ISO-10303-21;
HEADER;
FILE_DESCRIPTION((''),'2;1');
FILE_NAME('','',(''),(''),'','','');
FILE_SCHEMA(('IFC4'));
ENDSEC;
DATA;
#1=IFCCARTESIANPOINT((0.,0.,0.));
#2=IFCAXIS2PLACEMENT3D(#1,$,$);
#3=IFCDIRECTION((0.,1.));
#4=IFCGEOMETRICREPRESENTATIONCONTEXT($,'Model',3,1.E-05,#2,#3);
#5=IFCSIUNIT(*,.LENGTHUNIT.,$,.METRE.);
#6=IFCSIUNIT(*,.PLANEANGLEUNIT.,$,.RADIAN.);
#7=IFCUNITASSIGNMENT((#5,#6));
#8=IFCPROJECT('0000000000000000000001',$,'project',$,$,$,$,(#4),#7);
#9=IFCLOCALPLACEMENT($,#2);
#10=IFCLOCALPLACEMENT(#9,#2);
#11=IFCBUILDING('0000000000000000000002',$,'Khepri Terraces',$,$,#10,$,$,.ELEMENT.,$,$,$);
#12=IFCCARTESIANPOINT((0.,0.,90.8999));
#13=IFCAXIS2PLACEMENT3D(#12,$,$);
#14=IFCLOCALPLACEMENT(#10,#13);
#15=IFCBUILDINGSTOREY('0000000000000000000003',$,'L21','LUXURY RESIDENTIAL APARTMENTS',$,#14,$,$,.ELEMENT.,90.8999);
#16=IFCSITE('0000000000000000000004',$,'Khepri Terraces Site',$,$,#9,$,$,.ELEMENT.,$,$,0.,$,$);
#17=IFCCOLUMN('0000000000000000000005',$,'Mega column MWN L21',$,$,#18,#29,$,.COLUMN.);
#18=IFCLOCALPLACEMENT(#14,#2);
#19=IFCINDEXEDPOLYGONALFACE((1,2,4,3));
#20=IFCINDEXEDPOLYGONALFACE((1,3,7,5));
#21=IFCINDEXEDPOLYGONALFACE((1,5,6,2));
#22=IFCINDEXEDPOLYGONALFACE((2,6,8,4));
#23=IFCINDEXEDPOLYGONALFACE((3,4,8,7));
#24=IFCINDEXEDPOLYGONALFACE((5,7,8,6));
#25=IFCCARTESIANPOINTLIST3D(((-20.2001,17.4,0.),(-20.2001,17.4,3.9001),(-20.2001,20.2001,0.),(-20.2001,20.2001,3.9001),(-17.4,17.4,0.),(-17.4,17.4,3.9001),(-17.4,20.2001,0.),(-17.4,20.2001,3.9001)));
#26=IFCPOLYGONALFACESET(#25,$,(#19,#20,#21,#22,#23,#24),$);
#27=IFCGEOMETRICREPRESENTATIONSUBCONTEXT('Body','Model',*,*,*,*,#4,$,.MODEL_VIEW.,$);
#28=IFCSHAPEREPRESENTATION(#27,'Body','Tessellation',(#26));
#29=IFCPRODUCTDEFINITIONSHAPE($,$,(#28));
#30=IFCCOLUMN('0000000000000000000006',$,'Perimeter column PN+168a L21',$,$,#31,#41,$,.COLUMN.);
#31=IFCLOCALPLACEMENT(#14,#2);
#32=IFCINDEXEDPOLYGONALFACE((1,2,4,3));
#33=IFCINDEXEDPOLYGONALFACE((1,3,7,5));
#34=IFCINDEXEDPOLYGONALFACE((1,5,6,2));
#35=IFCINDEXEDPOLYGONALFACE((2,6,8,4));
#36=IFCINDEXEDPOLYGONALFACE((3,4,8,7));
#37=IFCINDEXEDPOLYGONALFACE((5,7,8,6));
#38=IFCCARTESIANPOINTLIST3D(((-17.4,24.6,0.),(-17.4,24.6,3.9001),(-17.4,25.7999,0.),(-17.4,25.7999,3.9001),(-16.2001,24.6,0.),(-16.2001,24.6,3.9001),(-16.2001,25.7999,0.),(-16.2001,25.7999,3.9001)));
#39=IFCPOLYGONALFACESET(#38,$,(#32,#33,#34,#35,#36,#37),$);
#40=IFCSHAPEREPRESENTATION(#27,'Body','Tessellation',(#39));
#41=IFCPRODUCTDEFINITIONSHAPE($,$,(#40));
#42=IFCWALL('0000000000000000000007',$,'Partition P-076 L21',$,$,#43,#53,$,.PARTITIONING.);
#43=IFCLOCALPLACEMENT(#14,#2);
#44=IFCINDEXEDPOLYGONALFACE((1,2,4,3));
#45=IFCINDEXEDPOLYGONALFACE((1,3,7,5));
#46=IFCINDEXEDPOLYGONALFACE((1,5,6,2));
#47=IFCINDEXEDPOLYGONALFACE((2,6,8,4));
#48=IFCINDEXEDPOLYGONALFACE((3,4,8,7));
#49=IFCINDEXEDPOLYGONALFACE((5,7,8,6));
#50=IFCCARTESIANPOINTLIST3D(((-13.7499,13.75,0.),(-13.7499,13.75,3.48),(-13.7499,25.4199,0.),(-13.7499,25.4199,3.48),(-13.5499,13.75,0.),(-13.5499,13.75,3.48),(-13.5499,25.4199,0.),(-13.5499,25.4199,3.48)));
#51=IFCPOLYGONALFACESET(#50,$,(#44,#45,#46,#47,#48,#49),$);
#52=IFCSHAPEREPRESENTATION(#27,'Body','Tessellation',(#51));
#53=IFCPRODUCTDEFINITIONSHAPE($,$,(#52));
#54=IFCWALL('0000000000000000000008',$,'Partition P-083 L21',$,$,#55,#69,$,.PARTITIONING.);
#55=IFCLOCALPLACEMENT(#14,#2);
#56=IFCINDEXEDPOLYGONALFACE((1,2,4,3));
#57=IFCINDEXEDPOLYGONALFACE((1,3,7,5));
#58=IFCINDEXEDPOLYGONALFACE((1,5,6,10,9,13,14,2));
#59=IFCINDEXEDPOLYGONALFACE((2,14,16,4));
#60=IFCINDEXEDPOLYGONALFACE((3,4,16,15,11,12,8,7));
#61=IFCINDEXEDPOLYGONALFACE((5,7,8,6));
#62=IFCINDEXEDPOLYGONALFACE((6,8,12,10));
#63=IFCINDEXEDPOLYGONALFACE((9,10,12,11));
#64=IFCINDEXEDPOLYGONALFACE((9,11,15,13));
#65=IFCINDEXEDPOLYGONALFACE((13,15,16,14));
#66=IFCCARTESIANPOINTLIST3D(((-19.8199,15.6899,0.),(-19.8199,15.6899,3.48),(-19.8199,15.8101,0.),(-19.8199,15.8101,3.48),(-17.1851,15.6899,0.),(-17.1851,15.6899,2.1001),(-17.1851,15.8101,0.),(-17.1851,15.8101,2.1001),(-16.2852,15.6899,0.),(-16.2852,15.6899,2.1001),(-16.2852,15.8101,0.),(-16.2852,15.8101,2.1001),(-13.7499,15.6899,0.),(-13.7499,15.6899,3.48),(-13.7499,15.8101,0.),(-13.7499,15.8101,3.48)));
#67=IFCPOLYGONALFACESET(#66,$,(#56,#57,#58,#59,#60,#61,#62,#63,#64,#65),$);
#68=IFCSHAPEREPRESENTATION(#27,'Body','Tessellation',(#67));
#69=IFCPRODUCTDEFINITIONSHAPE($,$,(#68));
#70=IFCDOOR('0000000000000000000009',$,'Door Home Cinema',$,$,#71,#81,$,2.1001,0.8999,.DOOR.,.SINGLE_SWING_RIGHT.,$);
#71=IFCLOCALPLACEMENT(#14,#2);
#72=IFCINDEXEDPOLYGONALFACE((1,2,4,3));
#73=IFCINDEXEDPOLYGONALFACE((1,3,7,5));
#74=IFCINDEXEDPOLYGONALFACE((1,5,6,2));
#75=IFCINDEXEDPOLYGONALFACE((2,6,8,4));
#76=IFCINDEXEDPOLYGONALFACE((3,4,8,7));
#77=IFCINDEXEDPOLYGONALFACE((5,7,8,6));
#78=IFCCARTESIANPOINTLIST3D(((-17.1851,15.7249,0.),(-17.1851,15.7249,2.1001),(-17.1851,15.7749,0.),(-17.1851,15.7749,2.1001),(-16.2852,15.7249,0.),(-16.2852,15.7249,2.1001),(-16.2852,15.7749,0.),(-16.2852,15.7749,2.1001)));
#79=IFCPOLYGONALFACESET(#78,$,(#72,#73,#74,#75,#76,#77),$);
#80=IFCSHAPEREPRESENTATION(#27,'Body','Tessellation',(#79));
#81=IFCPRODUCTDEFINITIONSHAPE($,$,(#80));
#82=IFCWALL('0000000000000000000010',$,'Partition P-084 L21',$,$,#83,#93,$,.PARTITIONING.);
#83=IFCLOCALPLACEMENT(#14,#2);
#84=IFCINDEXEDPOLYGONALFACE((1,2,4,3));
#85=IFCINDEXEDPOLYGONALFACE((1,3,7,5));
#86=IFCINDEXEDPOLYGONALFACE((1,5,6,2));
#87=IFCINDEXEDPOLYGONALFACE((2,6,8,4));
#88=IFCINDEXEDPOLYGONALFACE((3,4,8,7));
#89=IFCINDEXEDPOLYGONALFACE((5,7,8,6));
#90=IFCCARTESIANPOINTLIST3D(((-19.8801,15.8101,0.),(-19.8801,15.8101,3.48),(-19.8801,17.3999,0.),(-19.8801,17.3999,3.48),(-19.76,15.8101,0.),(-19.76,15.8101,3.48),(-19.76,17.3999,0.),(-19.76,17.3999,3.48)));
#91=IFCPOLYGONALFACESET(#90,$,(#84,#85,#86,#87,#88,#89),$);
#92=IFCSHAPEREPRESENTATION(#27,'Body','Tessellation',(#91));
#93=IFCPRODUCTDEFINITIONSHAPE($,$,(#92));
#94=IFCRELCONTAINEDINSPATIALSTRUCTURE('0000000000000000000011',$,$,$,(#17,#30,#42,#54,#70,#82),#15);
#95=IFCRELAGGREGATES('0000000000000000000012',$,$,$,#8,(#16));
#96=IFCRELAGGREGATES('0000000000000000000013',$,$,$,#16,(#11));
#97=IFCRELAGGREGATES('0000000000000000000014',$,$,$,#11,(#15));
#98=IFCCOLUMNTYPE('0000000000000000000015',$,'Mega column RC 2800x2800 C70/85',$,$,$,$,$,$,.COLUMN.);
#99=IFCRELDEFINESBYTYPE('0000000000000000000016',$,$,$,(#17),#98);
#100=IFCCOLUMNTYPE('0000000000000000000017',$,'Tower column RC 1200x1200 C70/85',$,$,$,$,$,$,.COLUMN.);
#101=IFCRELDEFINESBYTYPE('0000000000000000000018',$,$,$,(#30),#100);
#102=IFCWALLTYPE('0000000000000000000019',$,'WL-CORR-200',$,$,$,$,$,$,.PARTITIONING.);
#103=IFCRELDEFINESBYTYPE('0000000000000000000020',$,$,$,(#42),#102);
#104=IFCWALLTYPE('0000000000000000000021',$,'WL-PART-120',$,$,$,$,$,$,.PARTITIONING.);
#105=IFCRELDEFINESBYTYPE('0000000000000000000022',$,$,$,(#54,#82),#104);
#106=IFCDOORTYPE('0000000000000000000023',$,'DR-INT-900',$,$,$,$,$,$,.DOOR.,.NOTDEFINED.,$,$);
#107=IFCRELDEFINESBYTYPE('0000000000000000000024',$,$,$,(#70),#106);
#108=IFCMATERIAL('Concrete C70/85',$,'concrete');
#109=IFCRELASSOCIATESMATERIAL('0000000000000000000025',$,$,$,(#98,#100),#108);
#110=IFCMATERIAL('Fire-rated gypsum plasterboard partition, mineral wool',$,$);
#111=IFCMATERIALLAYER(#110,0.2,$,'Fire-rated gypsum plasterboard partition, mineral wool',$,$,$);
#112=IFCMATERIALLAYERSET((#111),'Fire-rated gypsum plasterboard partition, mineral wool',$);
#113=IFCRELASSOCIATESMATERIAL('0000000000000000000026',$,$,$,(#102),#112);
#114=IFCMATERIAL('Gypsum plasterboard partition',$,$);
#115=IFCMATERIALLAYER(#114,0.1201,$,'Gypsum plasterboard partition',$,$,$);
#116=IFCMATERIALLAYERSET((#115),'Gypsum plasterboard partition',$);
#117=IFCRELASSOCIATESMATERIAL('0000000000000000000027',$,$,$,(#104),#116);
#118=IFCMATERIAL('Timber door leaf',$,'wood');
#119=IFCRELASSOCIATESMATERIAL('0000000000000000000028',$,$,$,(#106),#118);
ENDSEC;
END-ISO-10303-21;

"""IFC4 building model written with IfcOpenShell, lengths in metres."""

from ifc_helpers import new_model, si_unit, direction, frame, frame_2d, origin, origin_2d, place, context, subcontext, project, spatial, rectangle, extrude, material, layer, layer_set, material_profile, profile_set, type_object, element, fill, save


model = new_model("IFC4")

# Units and contexts
model_context = context("Model", 3, precision=1e-05, world=origin(), true_north=direction((0.0, 1.0)))
body_context = subcontext(model_context, "Body", "Model", "MODEL_VIEW")
ifc_project = project(units=[si_unit("LENGTHUNIT", "METRE"), si_unit("PLANEANGLEUNIT", "RADIAN")], contexts=[model_context])

# Site, building, storey
site_placement = place(None, origin())
site = spatial("IfcSite", under=ifc_project, at=site_placement, Name="Khepri Terraces Site", CompositionType="ELEMENT", RefElevation=0.0)
building_placement = place(site_placement, origin())
building = spatial("IfcBuilding", under=site, at=building_placement, Name="Khepri Terraces", CompositionType="ELEMENT")
storey_placement = place(building_placement, frame((0.0, 0.0, 90.8999)))
storey = spatial("IfcBuildingStorey", under=building, at=storey_placement, Name="L21", Description="LUXURY RESIDENTIAL APARTMENTS", CompositionType="ELEMENT", Elevation=90.8999)

# Columns
ifc_material_1 = material(Name="Concrete C70/85", Category="concrete")
ifc_material_profile_1 = material_profile(ifc_material_1, rectangle(XDim=2.8, YDim=2.8, at=origin_2d()), Name="Concrete C70/85", Category="concrete")
ifc_profile_set_1 = profile_set([ifc_material_profile_1], Name="Concrete C70/85")
column_type_1 = type_object("IfcColumnType", Name="Mega column RC 2800x2800 C70/85", PredefinedType="COLUMN", material=ifc_profile_set_1)
column_1_placement = place(storey_placement, frame((-18.8, 18.8, 0.0), z_axis=(0.0, 0.0, 1.0), x_axis=(1.0, 0.0, 0.0)))
element("IfcColumn", 1, at=column_1_placement, inside=storey, type_object=column_type_1, Name="Mega column MWN L21", PredefinedType="COLUMN", context=body_context, shape_type="SweptSolid", body=[
    extrude(rectangle(XDim=2.8, YDim=2.8, at=origin_2d()), origin(), (0.0, 0.0, 1.0), 3.9001),
])
ifc_material_profile_2 = material_profile(ifc_material_1, rectangle(XDim=1.2, YDim=1.2, at=origin_2d()), Name="Concrete C70/85", Category="concrete")
ifc_profile_set_2 = profile_set([ifc_material_profile_2], Name="Concrete C70/85")
column_type_2 = type_object("IfcColumnType", Name="Tower column RC 1200x1200 C70/85", PredefinedType="COLUMN", material=ifc_profile_set_2)
column_2_placement = place(storey_placement, frame((-16.8, 25.2, 0.0), z_axis=(0.0, 0.0, 1.0), x_axis=(1.0, 0.0, 0.0)))
element("IfcColumn", 2, at=column_2_placement, inside=storey, type_object=column_type_2, Name="Perimeter column PN+168a L21", PredefinedType="COLUMN", context=body_context, shape_type="SweptSolid", body=[
    extrude(rectangle(XDim=1.2, YDim=1.2, at=origin_2d()), origin(), (0.0, 0.0, 1.0), 3.9001),
])

# Wall
ifc_material_2 = material(Name="Fire-rated gypsum plasterboard partition, mineral wool")
ifc_layer_1 = layer(ifc_material_2, 0.2, Name="Fire-rated gypsum plasterboard partition, mineral wool")
ifc_layer_set_1 = layer_set([ifc_layer_1], Name="Fire-rated gypsum plasterboard partition, mineral wool")
wall_type_1 = type_object("IfcWallType", Name="WL-CORR-200", PredefinedType="PARTITIONING", material=ifc_layer_set_1)
wall_1_placement = place(storey_placement, frame((-13.6499, 13.75, 0.0), z_axis=(0.0, 0.0, 1.0), x_axis=(0.0, 1.0, 0.0)))
element("IfcWall", 3, at=wall_1_placement, inside=storey, type_object=wall_type_1, Name="Partition P-076 L21", PredefinedType="PARTITIONING", context=body_context, shape_type="SweptSolid", body=[
    extrude(rectangle(XDim=11.6699, YDim=0.2, at=frame_2d((5.835, 0.0))), origin(), (0.0, 0.0, 1.0), 3.48),
])

# Wall, opening, door
ifc_material_3 = material(Name="Gypsum plasterboard partition")
ifc_layer_2 = layer(ifc_material_3, 0.1201, Name="Gypsum plasterboard partition")
ifc_layer_set_2 = layer_set([ifc_layer_2], Name="Gypsum plasterboard partition")
wall_type_2 = type_object("IfcWallType", Name="WL-PART-120", PredefinedType="PARTITIONING", material=ifc_layer_set_2)
wall_2_placement = place(storey_placement, frame((-19.8201, 15.75, 0.0), z_axis=(0.0, 0.0, 1.0), x_axis=(1.0, 0.0, 0.0)))
wall_2 = element("IfcWall", 4, at=wall_2_placement, inside=storey, type_object=wall_type_2, Name="Partition P-083 L21", PredefinedType="PARTITIONING", context=body_context, shape_type="SweptSolid", body=[
    extrude(rectangle(XDim=6.0701, YDim=0.1201, at=frame_2d((3.0352, 0.0))), origin(), (0.0, 0.0, 1.0), 3.48),
])
opening_1_placement = place(wall_2_placement, frame((2.635, 0.0, 0.0)))
opening_1 = element("IfcOpeningElement", 5, at=opening_1_placement, cuts=wall_2, PredefinedType="OPENING", context=body_context, shape_type="SweptSolid", body=[
    extrude(rectangle(XDim=0.8999, YDim=2.1001, at=frame_2d((0.45, 1.05))), frame((0.0, 0.0701, 0.0), z_axis=(0.0, -1.0, 0.0), x_axis=(1.0, 0.0, 0.0)), (0.0, 0.0, 1.0), 0.1401),
])
ifc_material_4 = material(Name="Timber door leaf", Category="wood")
door_type_1 = type_object("IfcDoorType", Name="DR-INT-900", OperationType="NOTDEFINED", PredefinedType="DOOR", material=ifc_material_4)
door_1_placement = place(opening_1_placement, origin())
door_1 = element("IfcDoor", 6, at=door_1_placement, inside=storey, type_object=door_type_1, Name="Door Home Cinema", OperationType="SINGLE_SWING_RIGHT", OverallHeight=2.1001, OverallWidth=0.8999, PredefinedType="DOOR", context=body_context, shape_type="SweptSolid", body=[
    extrude(rectangle(XDim=0.8999, YDim=2.1001, at=frame_2d((0.45, 1.05))), frame((0.0, 0.0249, 0.0), z_axis=(0.0, -1.0, 0.0), x_axis=(1.0, 0.0, 0.0)), (0.0, 0.0, 1.0), 0.05),
])
fill(opening_1, door_1)

# Wall
wall_3_placement = place(storey_placement, frame((-19.8201, 15.8101, 0.0), z_axis=(0.0, 0.0, 1.0), x_axis=(0.0, 1.0, 0.0)))
element("IfcWall", 7, at=wall_3_placement, inside=storey, type_object=wall_type_2, Name="Partition P-084 L21", PredefinedType="PARTITIONING", context=body_context, shape_type="SweptSolid", body=[
    extrude(rectangle(XDim=1.5898, YDim=0.1201, at=frame_2d((0.7949, 0.0))), origin(), (0.0, 0.0, 1.0), 3.48),
])

save(model, "model.ifc")
